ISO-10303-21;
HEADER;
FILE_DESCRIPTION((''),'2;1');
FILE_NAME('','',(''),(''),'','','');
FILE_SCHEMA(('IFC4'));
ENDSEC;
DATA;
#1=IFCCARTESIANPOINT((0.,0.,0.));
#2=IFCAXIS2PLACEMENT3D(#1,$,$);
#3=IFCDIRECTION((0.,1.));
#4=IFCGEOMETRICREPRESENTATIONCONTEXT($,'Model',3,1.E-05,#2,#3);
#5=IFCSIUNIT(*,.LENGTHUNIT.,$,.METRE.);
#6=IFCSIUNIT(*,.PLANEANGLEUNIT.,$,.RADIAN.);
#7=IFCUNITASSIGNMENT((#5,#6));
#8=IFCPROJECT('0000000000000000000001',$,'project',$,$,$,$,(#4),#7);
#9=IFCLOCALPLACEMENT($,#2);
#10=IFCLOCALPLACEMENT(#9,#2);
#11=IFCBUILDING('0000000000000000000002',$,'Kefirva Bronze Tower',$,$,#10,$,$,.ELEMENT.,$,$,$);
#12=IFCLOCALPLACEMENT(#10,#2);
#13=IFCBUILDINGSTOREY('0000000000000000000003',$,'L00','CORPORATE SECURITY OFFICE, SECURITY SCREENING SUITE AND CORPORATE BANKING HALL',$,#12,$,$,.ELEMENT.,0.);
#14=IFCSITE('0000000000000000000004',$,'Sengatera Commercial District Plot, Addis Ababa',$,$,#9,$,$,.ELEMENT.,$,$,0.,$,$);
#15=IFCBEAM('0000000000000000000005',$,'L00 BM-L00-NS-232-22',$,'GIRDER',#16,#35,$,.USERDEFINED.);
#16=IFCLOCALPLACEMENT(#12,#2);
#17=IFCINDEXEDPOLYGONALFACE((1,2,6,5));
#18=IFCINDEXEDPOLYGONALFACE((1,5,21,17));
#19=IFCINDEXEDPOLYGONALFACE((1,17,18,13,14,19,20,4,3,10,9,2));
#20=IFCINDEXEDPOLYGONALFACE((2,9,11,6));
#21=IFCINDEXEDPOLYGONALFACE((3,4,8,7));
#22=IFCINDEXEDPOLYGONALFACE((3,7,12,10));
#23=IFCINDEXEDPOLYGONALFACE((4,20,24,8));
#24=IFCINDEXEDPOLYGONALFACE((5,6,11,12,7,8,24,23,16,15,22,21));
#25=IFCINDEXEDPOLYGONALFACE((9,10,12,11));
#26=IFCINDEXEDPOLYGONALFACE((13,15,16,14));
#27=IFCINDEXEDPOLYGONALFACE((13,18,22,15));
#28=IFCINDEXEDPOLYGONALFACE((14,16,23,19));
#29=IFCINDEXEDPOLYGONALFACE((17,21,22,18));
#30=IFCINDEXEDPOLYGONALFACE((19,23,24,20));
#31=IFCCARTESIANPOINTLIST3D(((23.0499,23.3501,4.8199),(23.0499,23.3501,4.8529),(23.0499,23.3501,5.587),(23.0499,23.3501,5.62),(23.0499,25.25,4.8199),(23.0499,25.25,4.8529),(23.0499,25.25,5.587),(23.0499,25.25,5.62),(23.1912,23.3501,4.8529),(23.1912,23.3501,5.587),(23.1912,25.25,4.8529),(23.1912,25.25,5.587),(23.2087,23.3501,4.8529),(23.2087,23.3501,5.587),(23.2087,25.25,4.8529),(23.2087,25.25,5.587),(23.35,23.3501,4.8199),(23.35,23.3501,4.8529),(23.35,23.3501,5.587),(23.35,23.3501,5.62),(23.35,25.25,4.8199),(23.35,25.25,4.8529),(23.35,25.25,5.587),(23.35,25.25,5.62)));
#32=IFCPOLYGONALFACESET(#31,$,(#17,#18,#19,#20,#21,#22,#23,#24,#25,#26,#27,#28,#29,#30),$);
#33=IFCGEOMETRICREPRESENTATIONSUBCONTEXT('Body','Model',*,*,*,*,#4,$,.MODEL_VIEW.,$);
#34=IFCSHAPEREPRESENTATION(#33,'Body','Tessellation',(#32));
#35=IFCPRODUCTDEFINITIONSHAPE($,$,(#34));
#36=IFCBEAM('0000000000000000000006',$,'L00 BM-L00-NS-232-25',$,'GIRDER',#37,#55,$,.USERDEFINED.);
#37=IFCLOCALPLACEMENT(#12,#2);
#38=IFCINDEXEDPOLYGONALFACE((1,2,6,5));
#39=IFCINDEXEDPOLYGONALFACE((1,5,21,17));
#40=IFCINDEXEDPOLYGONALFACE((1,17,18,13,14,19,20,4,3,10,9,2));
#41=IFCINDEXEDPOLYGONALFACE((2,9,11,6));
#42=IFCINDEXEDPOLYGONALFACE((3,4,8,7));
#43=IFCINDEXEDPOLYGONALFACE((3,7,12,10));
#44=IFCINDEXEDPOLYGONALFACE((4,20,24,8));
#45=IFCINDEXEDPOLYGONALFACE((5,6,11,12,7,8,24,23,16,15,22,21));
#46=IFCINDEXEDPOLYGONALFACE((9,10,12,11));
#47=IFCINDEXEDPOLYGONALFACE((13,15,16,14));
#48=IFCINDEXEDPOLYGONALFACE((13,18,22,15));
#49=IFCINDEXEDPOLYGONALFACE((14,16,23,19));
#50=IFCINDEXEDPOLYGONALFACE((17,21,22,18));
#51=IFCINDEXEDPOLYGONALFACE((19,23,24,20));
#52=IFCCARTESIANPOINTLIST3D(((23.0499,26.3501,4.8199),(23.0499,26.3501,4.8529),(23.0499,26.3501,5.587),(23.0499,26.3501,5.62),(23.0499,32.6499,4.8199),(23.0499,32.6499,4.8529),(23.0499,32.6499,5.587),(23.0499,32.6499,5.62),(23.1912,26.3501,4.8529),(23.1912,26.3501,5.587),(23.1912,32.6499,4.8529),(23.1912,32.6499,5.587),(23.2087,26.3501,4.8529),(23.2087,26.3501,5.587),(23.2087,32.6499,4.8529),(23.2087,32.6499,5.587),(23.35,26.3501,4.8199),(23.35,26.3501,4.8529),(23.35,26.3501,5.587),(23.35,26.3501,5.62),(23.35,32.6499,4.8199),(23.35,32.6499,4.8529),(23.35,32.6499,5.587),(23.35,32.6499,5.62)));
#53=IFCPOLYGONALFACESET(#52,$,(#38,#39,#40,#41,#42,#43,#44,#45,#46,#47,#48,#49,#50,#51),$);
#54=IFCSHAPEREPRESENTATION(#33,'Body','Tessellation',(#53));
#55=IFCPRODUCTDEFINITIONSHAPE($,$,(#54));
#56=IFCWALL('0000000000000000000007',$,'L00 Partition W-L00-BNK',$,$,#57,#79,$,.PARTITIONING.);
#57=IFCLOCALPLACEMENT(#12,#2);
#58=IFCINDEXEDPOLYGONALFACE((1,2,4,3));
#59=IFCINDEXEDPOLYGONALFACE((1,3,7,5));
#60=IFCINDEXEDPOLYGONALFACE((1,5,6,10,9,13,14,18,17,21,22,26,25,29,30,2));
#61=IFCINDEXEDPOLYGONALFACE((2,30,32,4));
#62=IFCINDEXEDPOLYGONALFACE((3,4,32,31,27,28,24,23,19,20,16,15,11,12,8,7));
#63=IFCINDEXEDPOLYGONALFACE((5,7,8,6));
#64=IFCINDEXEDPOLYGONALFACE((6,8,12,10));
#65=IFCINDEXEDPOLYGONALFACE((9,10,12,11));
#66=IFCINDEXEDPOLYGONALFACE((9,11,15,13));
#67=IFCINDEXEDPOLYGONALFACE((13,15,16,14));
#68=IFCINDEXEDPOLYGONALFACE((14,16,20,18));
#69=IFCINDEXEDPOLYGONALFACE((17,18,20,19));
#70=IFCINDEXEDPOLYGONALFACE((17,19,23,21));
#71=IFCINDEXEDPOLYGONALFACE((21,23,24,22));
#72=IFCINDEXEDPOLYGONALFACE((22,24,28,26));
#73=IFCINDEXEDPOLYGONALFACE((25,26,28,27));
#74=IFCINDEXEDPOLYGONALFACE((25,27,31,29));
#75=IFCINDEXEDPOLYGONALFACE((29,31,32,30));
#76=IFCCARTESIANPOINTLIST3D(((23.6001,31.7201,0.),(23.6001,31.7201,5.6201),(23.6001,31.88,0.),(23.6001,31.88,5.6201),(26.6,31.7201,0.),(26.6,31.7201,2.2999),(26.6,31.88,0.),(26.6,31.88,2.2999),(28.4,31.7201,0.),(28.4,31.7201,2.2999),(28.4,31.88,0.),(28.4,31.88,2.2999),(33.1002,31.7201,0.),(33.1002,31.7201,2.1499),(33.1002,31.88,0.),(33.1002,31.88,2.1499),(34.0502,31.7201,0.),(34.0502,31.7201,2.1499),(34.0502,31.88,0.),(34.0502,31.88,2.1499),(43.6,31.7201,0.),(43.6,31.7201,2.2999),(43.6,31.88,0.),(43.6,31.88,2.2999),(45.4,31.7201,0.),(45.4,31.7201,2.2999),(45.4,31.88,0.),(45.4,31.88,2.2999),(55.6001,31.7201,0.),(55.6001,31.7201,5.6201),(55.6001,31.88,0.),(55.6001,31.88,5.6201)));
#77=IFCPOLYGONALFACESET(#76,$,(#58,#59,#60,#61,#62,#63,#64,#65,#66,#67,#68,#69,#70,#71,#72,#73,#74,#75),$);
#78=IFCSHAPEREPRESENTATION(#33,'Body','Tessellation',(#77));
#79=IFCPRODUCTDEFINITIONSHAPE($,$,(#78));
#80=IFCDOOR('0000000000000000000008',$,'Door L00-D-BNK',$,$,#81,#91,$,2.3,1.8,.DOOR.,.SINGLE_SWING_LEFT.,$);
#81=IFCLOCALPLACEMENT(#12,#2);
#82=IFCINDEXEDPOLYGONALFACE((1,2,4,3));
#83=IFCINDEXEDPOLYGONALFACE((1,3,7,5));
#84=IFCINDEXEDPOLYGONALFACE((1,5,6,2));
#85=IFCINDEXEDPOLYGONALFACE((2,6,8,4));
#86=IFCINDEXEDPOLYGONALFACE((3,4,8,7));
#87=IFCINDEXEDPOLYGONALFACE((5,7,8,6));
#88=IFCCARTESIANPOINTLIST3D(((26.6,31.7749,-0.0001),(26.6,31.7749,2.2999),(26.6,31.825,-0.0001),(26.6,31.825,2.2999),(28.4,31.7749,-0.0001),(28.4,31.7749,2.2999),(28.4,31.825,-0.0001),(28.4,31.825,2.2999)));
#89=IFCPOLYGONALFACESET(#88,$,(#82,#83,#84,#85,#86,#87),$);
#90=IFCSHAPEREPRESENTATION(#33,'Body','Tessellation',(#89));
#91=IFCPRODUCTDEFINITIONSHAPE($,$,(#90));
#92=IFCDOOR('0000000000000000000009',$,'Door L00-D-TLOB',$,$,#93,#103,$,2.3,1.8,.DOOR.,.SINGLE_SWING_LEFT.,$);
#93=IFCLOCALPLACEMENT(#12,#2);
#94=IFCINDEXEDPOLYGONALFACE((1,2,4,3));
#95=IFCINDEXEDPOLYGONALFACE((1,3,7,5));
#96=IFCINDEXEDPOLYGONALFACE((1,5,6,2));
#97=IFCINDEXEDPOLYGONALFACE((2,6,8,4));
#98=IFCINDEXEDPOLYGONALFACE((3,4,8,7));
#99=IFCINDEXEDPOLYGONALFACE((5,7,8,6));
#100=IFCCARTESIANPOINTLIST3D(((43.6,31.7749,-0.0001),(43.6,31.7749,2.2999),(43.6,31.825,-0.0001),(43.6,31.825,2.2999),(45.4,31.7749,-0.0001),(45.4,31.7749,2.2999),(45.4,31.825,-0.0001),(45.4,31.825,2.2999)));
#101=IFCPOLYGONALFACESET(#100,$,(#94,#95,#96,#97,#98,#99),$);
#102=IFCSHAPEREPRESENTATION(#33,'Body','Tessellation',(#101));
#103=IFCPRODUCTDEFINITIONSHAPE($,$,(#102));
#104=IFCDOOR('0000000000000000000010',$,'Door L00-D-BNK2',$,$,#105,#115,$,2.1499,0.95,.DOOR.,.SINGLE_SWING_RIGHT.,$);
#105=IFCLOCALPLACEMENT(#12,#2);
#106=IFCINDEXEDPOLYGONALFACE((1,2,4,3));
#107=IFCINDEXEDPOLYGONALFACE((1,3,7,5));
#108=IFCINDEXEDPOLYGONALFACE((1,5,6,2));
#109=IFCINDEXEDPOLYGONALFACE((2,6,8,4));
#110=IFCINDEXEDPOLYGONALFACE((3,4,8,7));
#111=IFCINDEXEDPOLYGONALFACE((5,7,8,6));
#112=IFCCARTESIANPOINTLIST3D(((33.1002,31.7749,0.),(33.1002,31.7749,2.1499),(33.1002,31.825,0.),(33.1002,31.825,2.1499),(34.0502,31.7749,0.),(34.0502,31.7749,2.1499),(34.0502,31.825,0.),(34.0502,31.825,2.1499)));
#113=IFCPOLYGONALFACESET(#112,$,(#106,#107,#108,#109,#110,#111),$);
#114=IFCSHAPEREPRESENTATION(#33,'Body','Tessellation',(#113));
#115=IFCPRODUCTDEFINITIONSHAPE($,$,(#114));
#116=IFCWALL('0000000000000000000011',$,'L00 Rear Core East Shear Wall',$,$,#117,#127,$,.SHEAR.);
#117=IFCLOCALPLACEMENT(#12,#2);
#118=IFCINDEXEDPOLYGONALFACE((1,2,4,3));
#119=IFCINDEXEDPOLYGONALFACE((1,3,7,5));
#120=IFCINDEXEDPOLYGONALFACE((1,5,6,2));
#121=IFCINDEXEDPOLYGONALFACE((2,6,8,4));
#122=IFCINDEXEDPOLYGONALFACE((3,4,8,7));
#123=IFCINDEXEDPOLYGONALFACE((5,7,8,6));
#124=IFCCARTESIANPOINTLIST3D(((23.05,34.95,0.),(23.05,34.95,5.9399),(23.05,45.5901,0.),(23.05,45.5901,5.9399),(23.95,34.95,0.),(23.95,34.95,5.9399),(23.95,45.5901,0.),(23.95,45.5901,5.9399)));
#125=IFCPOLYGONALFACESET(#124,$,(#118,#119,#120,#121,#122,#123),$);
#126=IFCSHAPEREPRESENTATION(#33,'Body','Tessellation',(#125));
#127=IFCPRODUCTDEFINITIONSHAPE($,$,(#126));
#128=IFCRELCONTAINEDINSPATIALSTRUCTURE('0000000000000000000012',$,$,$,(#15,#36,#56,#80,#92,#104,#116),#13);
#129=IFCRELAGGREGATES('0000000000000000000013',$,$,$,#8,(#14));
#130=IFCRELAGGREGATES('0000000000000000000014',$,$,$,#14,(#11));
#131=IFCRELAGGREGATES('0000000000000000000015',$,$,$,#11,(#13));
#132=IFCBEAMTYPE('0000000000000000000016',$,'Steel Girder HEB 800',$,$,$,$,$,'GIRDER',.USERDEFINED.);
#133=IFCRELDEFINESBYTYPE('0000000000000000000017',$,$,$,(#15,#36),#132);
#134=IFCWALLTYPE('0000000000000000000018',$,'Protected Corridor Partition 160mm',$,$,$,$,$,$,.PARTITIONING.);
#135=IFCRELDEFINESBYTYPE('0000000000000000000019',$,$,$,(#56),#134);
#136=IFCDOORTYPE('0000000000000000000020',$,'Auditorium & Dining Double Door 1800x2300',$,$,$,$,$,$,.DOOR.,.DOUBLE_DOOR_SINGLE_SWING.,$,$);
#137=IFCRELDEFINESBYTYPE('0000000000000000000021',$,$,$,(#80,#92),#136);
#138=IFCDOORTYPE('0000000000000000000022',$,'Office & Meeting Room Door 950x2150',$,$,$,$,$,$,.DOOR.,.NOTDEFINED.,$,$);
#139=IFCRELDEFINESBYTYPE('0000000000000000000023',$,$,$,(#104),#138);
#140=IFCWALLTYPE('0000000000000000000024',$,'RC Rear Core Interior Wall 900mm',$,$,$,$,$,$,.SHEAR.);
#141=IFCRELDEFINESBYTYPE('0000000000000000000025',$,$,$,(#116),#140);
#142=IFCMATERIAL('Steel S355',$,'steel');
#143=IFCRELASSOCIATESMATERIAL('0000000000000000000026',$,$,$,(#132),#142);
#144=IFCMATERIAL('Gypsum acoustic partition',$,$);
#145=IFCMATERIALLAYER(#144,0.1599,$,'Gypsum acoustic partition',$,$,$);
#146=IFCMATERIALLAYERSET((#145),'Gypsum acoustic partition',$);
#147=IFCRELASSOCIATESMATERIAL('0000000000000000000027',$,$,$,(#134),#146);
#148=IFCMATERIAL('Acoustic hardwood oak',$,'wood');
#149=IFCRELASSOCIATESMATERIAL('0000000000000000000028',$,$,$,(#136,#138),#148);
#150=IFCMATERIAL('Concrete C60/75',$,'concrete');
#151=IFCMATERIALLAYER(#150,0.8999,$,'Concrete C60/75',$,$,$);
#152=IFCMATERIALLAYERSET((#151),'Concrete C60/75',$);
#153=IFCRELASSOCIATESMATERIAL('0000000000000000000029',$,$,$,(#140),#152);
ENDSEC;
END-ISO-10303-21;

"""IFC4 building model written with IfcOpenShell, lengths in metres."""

from ifc_helpers import new_model, si_unit, direction, frame, frame_2d, origin, origin_2d, place, context, subcontext, project, spatial, rectangle, i_section, extrude, material, layer, layer_set, material_profile, profile_set, type_object, element, fill, save


model = new_model("IFC4")

# Units and contexts
model_context = context("Model", 3, precision=1e-05, world=origin(), true_north=direction((0.0, 1.0)))
body_context = subcontext(model_context, "Body", "Model", "MODEL_VIEW")
ifc_project = project(units=[si_unit("LENGTHUNIT", "METRE"), si_unit("PLANEANGLEUNIT", "RADIAN")], contexts=[model_context])

# Site, building, storey
site_placement = place(None, origin())
site = spatial("IfcSite", under=ifc_project, at=site_placement, Name="Sengatera Commercial District Plot, Addis Ababa", CompositionType="ELEMENT", RefElevation=0.0)
building_placement = place(site_placement, origin())
building = spatial("IfcBuilding", under=site, at=building_placement, Name="Kefirva Bronze Tower", CompositionType="ELEMENT")
storey_placement = place(building_placement, origin())
storey = spatial("IfcBuildingStorey", under=building, at=storey_placement, Name="L00", Description="CORPORATE SECURITY OFFICE, SECURITY SCREENING SUITE AND CORPORATE BANKING HALL", CompositionType="ELEMENT", Elevation=0.0)

# Shared definitions
ifc_material_1 = material(Name="Concrete C60/75", Category="concrete")

# Beams
ifc_material_2 = material(Name="Steel S355", Category="steel")
ifc_material_profile_1 = material_profile(ifc_material_2, i_section(OverallWidth=0.3, OverallDepth=0.8, WebThickness=0.0176, FlangeThickness=0.033, at=origin_2d()), Name="HEB 800")
ifc_profile_set_1 = profile_set([ifc_material_profile_1], Name="Steel S355")
beam_type_1 = type_object("IfcBeamType", Name="Steel Girder HEB 800", ElementType="GIRDER", PredefinedType="USERDEFINED", material=ifc_profile_set_1)
beam_1_placement = place(storey_placement, frame((23.2, 23.3501, 5.22), z_axis=(0.0, 1.0, 0.0), x_axis=(-1.0, 0.0, 0.0)))
element("IfcBeam", 1, at=beam_1_placement, inside=storey, type_object=beam_type_1, Name="L00 BM-L00-NS-232-22", ObjectType="GIRDER", PredefinedType="USERDEFINED", context=body_context, shape_type="SweptSolid", body=[
    extrude(i_section(OverallWidth=0.3, OverallDepth=0.8, WebThickness=0.0176, FlangeThickness=0.033, at=origin_2d()), origin(), (0.0, 0.0, 1.0), 1.8999),
])
beam_2_placement = place(storey_placement, frame((23.2, 26.3501, 5.22), z_axis=(0.0, 1.0, 0.0), x_axis=(-1.0, 0.0, 0.0)))
element("IfcBeam", 2, at=beam_2_placement, inside=storey, type_object=beam_type_1, Name="L00 BM-L00-NS-232-25", ObjectType="GIRDER", PredefinedType="USERDEFINED", context=body_context, shape_type="SweptSolid", body=[
    extrude(i_section(OverallWidth=0.3, OverallDepth=0.8, WebThickness=0.0176, FlangeThickness=0.033, at=origin_2d()), origin(), (0.0, 0.0, 1.0), 6.2998),
])

# Wall, openings, doors
ifc_material_3 = material(Name="Gypsum acoustic partition")
ifc_layer_1 = layer(ifc_material_3, 0.1599, Name="Gypsum acoustic partition")
ifc_layer_set_1 = layer_set([ifc_layer_1], Name="Gypsum acoustic partition")
wall_type_1 = type_object("IfcWallType", Name="Protected Corridor Partition 160mm", PredefinedType="PARTITIONING", material=ifc_layer_set_1)
wall_1_placement = place(storey_placement, frame((23.6001, 31.8, 0.0), z_axis=(0.0, 0.0, 1.0), x_axis=(1.0, 0.0, 0.0)))
wall_1 = element("IfcWall", 3, at=wall_1_placement, inside=storey, type_object=wall_type_1, Name="L00 Partition W-L00-BNK", PredefinedType="PARTITIONING", context=body_context, shape_type="SweptSolid", body=[
    extrude(rectangle(XDim=32.0, YDim=0.1599, at=frame_2d((16.0, 0.0))), origin(), (0.0, 0.0, 1.0), 5.6201),
])
opening_1_placement = place(wall_1_placement, frame((3.0, 0.0, 0.0)))
opening_1 = element("IfcOpeningElement", 4, at=opening_1_placement, cuts=wall_1, PredefinedType="OPENING", context=body_context, shape_type="SweptSolid", body=[
    extrude(rectangle(XDim=1.8, YDim=2.3, at=frame_2d((0.8999, 1.1499))), frame((0.0, 0.0898, 0.0), z_axis=(0.0, -1.0, 0.0), x_axis=(1.0, 0.0, 0.0)), (0.0, 0.0, 1.0), 0.1799),
])
opening_2_placement = place(wall_1_placement, frame((9.5, 0.0, 0.0)))
opening_2 = element("IfcOpeningElement", 5, at=opening_2_placement, cuts=wall_1, PredefinedType="OPENING", context=body_context, shape_type="SweptSolid", body=[
    extrude(rectangle(XDim=0.95, YDim=2.1499, at=frame_2d((0.4751, 1.075))), frame((0.0, 0.0898, 0.0), z_axis=(0.0, -1.0, 0.0), x_axis=(1.0, 0.0, 0.0)), (0.0, 0.0, 1.0), 0.1799),
])
opening_3_placement = place(wall_1_placement, frame((20.0, 0.0, 0.0)))
opening_3 = element("IfcOpeningElement", 6, at=opening_3_placement, cuts=wall_1, PredefinedType="OPENING", context=body_context, shape_type="SweptSolid", body=[
    extrude(rectangle(XDim=1.8, YDim=2.3, at=frame_2d((0.8999, 1.1499))), frame((0.0, 0.0898, 0.0), z_axis=(0.0, -1.0, 0.0), x_axis=(1.0, 0.0, 0.0)), (0.0, 0.0, 1.0), 0.1799),
])
ifc_material_4 = material(Name="Acoustic hardwood oak", Category="wood")
door_type_1 = type_object("IfcDoorType", Name="Auditorium & Dining Double Door 1800x2300", OperationType="DOUBLE_DOOR_SINGLE_SWING", PredefinedType="DOOR", material=ifc_material_4)
door_1_placement = place(opening_1_placement, origin())
door_1 = element("IfcDoor", 7, at=door_1_placement, inside=storey, type_object=door_type_1, Name="Door L00-D-BNK", OperationType="SINGLE_SWING_LEFT", OverallHeight=2.3, OverallWidth=1.8, PredefinedType="DOOR", context=body_context, shape_type="SweptSolid", body=[
    extrude(rectangle(XDim=1.8, YDim=2.3, at=frame_2d((0.8999, 1.1499))), frame((0.0, 0.0249, 0.0), z_axis=(0.0, -1.0, 0.0), x_axis=(1.0, 0.0, 0.0)), (0.0, 0.0, 1.0), 0.05),
])
fill(opening_1, door_1)
door_2_placement = place(opening_3_placement, origin())
door_2 = element("IfcDoor", 8, at=door_2_placement, inside=storey, type_object=door_type_1, Name="Door L00-D-TLOB", OperationType="SINGLE_SWING_LEFT", OverallHeight=2.3, OverallWidth=1.8, PredefinedType="DOOR", context=body_context, shape_type="SweptSolid", body=[
    extrude(rectangle(XDim=1.8, YDim=2.3, at=frame_2d((0.8999, 1.1499))), frame((0.0, 0.0249, 0.0), z_axis=(0.0, -1.0, 0.0), x_axis=(1.0, 0.0, 0.0)), (0.0, 0.0, 1.0), 0.05),
])
fill(opening_3, door_2)
door_type_2 = type_object("IfcDoorType", Name="Office & Meeting Room Door 950x2150", OperationType="NOTDEFINED", PredefinedType="DOOR", material=ifc_material_4)
door_3_placement = place(opening_2_placement, origin())
door_3 = element("IfcDoor", 9, at=door_3_placement, inside=storey, type_object=door_type_2, Name="Door L00-D-BNK2", OperationType="SINGLE_SWING_RIGHT", OverallHeight=2.1499, OverallWidth=0.95, PredefinedType="DOOR", context=body_context, shape_type="SweptSolid", body=[
    extrude(rectangle(XDim=0.95, YDim=2.1499, at=frame_2d((0.4751, 1.075))), frame((0.0, 0.0249, 0.0), z_axis=(0.0, -1.0, 0.0), x_axis=(1.0, 0.0, 0.0)), (0.0, 0.0, 1.0), 0.05),
])
fill(opening_2, door_3)

# Wall
ifc_layer_2 = layer(ifc_material_1, 0.8999, Name="Concrete C60/75")
ifc_layer_set_2 = layer_set([ifc_layer_2], Name="Concrete C60/75")
wall_type_2 = type_object("IfcWallType", Name="RC Rear Core Interior Wall 900mm", PredefinedType="SHEAR", material=ifc_layer_set_2)
wall_2_placement = place(storey_placement, frame((23.5, 34.95, 0.0), z_axis=(0.0, 0.0, 1.0), x_axis=(0.0, 1.0, 0.0)))
element("IfcWall", 10, at=wall_2_placement, inside=storey, type_object=wall_type_2, Name="L00 Rear Core East Shear Wall", PredefinedType="SHEAR", context=body_context, shape_type="SweptSolid", body=[
    extrude(rectangle(XDim=10.6401, YDim=0.8999, at=frame_2d((5.3201, 0.0))), origin(), (0.0, 0.0, 1.0), 5.9399),
])

save(model, "model.ifc")
